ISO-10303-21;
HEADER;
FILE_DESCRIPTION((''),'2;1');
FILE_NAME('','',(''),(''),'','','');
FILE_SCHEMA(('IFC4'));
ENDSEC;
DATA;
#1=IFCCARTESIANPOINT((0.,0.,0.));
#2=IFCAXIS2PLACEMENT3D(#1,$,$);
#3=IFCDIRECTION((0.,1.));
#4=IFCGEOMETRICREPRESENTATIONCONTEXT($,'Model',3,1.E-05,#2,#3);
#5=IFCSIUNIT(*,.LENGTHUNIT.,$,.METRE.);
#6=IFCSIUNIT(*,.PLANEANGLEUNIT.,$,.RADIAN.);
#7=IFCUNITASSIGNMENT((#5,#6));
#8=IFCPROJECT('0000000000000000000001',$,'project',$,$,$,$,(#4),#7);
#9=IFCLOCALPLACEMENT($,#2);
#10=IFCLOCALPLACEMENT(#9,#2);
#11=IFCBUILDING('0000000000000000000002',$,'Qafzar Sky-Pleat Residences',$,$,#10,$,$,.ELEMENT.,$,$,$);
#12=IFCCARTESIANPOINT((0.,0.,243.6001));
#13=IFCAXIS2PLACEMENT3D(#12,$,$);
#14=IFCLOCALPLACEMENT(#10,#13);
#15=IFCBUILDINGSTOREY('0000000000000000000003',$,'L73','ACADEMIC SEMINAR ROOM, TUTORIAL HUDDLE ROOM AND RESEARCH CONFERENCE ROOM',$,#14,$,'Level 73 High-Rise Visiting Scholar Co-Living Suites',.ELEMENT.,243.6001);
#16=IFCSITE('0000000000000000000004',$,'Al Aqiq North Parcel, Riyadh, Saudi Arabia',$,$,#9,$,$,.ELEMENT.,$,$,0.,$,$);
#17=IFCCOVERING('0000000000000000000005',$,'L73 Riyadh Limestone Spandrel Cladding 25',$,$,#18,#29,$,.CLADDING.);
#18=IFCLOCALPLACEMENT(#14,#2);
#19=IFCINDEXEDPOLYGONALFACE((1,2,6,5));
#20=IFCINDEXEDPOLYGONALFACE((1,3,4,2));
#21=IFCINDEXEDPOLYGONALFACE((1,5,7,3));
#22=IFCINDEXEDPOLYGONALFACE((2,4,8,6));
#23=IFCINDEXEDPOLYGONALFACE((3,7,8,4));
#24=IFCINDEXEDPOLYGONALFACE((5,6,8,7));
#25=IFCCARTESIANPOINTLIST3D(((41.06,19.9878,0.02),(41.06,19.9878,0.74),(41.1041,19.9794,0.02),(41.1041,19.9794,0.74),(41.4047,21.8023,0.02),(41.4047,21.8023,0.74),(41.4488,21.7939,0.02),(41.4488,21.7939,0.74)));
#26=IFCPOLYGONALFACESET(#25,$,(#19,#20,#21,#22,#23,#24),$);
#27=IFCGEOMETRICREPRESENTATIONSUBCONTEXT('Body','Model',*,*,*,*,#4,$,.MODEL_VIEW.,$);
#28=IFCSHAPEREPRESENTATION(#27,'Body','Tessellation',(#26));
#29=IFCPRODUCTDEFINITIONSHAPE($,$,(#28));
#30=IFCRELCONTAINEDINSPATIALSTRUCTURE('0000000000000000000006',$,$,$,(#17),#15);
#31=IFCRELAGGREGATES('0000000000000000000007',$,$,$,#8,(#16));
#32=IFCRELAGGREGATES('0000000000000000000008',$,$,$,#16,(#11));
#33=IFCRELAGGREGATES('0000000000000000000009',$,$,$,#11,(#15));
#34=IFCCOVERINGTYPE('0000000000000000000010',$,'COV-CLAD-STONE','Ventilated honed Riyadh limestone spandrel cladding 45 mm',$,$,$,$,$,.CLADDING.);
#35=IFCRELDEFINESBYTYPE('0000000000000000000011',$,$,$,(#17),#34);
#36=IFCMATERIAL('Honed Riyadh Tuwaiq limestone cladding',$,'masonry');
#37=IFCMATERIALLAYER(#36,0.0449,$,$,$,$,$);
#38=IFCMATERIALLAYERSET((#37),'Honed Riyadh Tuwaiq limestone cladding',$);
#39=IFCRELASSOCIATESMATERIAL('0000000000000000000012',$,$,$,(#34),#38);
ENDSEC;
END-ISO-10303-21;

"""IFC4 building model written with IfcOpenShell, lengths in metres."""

from ifc_helpers import new_model, si_unit, direction, frame, origin, origin_2d, place, context, subcontext, project, spatial, rectangle, extrude, source, transform, mapped, material, layer, layer_set, type_object, element, save


model = new_model("IFC4")

# Units and contexts
model_context = context("Model", 3, precision=1e-05, world=origin(), true_north=direction((0.0, 1.0)))
body_context = subcontext(model_context, "Body", "Model", "MODEL_VIEW")
ifc_project = project(units=[si_unit("LENGTHUNIT", "METRE"), si_unit("PLANEANGLEUNIT", "RADIAN")], contexts=[model_context])

# Site, building, storey
site_placement = place(None, origin())
site = spatial("IfcSite", under=ifc_project, at=site_placement, Name="Al Aqiq North Parcel, Riyadh, Saudi Arabia", CompositionType="ELEMENT", RefElevation=0.0)
building_placement = place(site_placement, origin())
building = spatial("IfcBuilding", under=site, at=building_placement, Name="Qafzar Sky-Pleat Residences", CompositionType="ELEMENT")
storey_placement = place(building_placement, frame((0.0, 0.0, 243.6001)))
storey = spatial("IfcBuildingStorey", under=building, at=storey_placement, Name="L73", Description="ACADEMIC SEMINAR ROOM, TUTORIAL HUDDLE ROOM AND RESEARCH CONFERENCE ROOM", LongName="Level 73 High-Rise Visiting Scholar Co-Living Suites", CompositionType="ELEMENT", Elevation=243.6001)

# Covering
ifc_material_1 = material(Name="Honed Riyadh Tuwaiq limestone cladding", Category="masonry")
ifc_layer_1 = layer(ifc_material_1, 0.0449)
ifc_layer_set_1 = layer_set([ifc_layer_1], Name="Honed Riyadh Tuwaiq limestone cladding")
covering_type = type_object("IfcCoveringType", Name="COV-CLAD-STONE", Description="Ventilated honed Riyadh limestone spandrel cladding 45 mm", PredefinedType="CLADDING", material=ifc_layer_set_1)
shared_shape_1 = source(origin(), body_context, "Body", "SweptSolid", [
    extrude(rectangle(XDim=1.8469, YDim=0.0449, at=origin_2d()), origin(), (0.0, 0.0, 1.0), 0.72),
])
covering_placement = place(storey_placement, frame((41.2544, 20.8909, 0.02), z_axis=(0.0, 0.0, 1.0), x_axis=(0.186633, 0.98243, 0.0)))
element("IfcCovering", 1, at=covering_placement, inside=storey, type_object=covering_type, Name="L73 Riyadh Limestone Spandrel Cladding 25", PredefinedType="CLADDING", context=body_context, shape_type="MappedRepresentation", body=[
    mapped(shared_shape_1, transform((0.0, 0.0, 0.0), x_axis=(1.0, 0.0, 0.0), y_axis=(0.0, 1.0, 0.0), z_axis=(0.0, 0.0, 1.0), scale=1.0)),
])

save(model, "model.ifc")
